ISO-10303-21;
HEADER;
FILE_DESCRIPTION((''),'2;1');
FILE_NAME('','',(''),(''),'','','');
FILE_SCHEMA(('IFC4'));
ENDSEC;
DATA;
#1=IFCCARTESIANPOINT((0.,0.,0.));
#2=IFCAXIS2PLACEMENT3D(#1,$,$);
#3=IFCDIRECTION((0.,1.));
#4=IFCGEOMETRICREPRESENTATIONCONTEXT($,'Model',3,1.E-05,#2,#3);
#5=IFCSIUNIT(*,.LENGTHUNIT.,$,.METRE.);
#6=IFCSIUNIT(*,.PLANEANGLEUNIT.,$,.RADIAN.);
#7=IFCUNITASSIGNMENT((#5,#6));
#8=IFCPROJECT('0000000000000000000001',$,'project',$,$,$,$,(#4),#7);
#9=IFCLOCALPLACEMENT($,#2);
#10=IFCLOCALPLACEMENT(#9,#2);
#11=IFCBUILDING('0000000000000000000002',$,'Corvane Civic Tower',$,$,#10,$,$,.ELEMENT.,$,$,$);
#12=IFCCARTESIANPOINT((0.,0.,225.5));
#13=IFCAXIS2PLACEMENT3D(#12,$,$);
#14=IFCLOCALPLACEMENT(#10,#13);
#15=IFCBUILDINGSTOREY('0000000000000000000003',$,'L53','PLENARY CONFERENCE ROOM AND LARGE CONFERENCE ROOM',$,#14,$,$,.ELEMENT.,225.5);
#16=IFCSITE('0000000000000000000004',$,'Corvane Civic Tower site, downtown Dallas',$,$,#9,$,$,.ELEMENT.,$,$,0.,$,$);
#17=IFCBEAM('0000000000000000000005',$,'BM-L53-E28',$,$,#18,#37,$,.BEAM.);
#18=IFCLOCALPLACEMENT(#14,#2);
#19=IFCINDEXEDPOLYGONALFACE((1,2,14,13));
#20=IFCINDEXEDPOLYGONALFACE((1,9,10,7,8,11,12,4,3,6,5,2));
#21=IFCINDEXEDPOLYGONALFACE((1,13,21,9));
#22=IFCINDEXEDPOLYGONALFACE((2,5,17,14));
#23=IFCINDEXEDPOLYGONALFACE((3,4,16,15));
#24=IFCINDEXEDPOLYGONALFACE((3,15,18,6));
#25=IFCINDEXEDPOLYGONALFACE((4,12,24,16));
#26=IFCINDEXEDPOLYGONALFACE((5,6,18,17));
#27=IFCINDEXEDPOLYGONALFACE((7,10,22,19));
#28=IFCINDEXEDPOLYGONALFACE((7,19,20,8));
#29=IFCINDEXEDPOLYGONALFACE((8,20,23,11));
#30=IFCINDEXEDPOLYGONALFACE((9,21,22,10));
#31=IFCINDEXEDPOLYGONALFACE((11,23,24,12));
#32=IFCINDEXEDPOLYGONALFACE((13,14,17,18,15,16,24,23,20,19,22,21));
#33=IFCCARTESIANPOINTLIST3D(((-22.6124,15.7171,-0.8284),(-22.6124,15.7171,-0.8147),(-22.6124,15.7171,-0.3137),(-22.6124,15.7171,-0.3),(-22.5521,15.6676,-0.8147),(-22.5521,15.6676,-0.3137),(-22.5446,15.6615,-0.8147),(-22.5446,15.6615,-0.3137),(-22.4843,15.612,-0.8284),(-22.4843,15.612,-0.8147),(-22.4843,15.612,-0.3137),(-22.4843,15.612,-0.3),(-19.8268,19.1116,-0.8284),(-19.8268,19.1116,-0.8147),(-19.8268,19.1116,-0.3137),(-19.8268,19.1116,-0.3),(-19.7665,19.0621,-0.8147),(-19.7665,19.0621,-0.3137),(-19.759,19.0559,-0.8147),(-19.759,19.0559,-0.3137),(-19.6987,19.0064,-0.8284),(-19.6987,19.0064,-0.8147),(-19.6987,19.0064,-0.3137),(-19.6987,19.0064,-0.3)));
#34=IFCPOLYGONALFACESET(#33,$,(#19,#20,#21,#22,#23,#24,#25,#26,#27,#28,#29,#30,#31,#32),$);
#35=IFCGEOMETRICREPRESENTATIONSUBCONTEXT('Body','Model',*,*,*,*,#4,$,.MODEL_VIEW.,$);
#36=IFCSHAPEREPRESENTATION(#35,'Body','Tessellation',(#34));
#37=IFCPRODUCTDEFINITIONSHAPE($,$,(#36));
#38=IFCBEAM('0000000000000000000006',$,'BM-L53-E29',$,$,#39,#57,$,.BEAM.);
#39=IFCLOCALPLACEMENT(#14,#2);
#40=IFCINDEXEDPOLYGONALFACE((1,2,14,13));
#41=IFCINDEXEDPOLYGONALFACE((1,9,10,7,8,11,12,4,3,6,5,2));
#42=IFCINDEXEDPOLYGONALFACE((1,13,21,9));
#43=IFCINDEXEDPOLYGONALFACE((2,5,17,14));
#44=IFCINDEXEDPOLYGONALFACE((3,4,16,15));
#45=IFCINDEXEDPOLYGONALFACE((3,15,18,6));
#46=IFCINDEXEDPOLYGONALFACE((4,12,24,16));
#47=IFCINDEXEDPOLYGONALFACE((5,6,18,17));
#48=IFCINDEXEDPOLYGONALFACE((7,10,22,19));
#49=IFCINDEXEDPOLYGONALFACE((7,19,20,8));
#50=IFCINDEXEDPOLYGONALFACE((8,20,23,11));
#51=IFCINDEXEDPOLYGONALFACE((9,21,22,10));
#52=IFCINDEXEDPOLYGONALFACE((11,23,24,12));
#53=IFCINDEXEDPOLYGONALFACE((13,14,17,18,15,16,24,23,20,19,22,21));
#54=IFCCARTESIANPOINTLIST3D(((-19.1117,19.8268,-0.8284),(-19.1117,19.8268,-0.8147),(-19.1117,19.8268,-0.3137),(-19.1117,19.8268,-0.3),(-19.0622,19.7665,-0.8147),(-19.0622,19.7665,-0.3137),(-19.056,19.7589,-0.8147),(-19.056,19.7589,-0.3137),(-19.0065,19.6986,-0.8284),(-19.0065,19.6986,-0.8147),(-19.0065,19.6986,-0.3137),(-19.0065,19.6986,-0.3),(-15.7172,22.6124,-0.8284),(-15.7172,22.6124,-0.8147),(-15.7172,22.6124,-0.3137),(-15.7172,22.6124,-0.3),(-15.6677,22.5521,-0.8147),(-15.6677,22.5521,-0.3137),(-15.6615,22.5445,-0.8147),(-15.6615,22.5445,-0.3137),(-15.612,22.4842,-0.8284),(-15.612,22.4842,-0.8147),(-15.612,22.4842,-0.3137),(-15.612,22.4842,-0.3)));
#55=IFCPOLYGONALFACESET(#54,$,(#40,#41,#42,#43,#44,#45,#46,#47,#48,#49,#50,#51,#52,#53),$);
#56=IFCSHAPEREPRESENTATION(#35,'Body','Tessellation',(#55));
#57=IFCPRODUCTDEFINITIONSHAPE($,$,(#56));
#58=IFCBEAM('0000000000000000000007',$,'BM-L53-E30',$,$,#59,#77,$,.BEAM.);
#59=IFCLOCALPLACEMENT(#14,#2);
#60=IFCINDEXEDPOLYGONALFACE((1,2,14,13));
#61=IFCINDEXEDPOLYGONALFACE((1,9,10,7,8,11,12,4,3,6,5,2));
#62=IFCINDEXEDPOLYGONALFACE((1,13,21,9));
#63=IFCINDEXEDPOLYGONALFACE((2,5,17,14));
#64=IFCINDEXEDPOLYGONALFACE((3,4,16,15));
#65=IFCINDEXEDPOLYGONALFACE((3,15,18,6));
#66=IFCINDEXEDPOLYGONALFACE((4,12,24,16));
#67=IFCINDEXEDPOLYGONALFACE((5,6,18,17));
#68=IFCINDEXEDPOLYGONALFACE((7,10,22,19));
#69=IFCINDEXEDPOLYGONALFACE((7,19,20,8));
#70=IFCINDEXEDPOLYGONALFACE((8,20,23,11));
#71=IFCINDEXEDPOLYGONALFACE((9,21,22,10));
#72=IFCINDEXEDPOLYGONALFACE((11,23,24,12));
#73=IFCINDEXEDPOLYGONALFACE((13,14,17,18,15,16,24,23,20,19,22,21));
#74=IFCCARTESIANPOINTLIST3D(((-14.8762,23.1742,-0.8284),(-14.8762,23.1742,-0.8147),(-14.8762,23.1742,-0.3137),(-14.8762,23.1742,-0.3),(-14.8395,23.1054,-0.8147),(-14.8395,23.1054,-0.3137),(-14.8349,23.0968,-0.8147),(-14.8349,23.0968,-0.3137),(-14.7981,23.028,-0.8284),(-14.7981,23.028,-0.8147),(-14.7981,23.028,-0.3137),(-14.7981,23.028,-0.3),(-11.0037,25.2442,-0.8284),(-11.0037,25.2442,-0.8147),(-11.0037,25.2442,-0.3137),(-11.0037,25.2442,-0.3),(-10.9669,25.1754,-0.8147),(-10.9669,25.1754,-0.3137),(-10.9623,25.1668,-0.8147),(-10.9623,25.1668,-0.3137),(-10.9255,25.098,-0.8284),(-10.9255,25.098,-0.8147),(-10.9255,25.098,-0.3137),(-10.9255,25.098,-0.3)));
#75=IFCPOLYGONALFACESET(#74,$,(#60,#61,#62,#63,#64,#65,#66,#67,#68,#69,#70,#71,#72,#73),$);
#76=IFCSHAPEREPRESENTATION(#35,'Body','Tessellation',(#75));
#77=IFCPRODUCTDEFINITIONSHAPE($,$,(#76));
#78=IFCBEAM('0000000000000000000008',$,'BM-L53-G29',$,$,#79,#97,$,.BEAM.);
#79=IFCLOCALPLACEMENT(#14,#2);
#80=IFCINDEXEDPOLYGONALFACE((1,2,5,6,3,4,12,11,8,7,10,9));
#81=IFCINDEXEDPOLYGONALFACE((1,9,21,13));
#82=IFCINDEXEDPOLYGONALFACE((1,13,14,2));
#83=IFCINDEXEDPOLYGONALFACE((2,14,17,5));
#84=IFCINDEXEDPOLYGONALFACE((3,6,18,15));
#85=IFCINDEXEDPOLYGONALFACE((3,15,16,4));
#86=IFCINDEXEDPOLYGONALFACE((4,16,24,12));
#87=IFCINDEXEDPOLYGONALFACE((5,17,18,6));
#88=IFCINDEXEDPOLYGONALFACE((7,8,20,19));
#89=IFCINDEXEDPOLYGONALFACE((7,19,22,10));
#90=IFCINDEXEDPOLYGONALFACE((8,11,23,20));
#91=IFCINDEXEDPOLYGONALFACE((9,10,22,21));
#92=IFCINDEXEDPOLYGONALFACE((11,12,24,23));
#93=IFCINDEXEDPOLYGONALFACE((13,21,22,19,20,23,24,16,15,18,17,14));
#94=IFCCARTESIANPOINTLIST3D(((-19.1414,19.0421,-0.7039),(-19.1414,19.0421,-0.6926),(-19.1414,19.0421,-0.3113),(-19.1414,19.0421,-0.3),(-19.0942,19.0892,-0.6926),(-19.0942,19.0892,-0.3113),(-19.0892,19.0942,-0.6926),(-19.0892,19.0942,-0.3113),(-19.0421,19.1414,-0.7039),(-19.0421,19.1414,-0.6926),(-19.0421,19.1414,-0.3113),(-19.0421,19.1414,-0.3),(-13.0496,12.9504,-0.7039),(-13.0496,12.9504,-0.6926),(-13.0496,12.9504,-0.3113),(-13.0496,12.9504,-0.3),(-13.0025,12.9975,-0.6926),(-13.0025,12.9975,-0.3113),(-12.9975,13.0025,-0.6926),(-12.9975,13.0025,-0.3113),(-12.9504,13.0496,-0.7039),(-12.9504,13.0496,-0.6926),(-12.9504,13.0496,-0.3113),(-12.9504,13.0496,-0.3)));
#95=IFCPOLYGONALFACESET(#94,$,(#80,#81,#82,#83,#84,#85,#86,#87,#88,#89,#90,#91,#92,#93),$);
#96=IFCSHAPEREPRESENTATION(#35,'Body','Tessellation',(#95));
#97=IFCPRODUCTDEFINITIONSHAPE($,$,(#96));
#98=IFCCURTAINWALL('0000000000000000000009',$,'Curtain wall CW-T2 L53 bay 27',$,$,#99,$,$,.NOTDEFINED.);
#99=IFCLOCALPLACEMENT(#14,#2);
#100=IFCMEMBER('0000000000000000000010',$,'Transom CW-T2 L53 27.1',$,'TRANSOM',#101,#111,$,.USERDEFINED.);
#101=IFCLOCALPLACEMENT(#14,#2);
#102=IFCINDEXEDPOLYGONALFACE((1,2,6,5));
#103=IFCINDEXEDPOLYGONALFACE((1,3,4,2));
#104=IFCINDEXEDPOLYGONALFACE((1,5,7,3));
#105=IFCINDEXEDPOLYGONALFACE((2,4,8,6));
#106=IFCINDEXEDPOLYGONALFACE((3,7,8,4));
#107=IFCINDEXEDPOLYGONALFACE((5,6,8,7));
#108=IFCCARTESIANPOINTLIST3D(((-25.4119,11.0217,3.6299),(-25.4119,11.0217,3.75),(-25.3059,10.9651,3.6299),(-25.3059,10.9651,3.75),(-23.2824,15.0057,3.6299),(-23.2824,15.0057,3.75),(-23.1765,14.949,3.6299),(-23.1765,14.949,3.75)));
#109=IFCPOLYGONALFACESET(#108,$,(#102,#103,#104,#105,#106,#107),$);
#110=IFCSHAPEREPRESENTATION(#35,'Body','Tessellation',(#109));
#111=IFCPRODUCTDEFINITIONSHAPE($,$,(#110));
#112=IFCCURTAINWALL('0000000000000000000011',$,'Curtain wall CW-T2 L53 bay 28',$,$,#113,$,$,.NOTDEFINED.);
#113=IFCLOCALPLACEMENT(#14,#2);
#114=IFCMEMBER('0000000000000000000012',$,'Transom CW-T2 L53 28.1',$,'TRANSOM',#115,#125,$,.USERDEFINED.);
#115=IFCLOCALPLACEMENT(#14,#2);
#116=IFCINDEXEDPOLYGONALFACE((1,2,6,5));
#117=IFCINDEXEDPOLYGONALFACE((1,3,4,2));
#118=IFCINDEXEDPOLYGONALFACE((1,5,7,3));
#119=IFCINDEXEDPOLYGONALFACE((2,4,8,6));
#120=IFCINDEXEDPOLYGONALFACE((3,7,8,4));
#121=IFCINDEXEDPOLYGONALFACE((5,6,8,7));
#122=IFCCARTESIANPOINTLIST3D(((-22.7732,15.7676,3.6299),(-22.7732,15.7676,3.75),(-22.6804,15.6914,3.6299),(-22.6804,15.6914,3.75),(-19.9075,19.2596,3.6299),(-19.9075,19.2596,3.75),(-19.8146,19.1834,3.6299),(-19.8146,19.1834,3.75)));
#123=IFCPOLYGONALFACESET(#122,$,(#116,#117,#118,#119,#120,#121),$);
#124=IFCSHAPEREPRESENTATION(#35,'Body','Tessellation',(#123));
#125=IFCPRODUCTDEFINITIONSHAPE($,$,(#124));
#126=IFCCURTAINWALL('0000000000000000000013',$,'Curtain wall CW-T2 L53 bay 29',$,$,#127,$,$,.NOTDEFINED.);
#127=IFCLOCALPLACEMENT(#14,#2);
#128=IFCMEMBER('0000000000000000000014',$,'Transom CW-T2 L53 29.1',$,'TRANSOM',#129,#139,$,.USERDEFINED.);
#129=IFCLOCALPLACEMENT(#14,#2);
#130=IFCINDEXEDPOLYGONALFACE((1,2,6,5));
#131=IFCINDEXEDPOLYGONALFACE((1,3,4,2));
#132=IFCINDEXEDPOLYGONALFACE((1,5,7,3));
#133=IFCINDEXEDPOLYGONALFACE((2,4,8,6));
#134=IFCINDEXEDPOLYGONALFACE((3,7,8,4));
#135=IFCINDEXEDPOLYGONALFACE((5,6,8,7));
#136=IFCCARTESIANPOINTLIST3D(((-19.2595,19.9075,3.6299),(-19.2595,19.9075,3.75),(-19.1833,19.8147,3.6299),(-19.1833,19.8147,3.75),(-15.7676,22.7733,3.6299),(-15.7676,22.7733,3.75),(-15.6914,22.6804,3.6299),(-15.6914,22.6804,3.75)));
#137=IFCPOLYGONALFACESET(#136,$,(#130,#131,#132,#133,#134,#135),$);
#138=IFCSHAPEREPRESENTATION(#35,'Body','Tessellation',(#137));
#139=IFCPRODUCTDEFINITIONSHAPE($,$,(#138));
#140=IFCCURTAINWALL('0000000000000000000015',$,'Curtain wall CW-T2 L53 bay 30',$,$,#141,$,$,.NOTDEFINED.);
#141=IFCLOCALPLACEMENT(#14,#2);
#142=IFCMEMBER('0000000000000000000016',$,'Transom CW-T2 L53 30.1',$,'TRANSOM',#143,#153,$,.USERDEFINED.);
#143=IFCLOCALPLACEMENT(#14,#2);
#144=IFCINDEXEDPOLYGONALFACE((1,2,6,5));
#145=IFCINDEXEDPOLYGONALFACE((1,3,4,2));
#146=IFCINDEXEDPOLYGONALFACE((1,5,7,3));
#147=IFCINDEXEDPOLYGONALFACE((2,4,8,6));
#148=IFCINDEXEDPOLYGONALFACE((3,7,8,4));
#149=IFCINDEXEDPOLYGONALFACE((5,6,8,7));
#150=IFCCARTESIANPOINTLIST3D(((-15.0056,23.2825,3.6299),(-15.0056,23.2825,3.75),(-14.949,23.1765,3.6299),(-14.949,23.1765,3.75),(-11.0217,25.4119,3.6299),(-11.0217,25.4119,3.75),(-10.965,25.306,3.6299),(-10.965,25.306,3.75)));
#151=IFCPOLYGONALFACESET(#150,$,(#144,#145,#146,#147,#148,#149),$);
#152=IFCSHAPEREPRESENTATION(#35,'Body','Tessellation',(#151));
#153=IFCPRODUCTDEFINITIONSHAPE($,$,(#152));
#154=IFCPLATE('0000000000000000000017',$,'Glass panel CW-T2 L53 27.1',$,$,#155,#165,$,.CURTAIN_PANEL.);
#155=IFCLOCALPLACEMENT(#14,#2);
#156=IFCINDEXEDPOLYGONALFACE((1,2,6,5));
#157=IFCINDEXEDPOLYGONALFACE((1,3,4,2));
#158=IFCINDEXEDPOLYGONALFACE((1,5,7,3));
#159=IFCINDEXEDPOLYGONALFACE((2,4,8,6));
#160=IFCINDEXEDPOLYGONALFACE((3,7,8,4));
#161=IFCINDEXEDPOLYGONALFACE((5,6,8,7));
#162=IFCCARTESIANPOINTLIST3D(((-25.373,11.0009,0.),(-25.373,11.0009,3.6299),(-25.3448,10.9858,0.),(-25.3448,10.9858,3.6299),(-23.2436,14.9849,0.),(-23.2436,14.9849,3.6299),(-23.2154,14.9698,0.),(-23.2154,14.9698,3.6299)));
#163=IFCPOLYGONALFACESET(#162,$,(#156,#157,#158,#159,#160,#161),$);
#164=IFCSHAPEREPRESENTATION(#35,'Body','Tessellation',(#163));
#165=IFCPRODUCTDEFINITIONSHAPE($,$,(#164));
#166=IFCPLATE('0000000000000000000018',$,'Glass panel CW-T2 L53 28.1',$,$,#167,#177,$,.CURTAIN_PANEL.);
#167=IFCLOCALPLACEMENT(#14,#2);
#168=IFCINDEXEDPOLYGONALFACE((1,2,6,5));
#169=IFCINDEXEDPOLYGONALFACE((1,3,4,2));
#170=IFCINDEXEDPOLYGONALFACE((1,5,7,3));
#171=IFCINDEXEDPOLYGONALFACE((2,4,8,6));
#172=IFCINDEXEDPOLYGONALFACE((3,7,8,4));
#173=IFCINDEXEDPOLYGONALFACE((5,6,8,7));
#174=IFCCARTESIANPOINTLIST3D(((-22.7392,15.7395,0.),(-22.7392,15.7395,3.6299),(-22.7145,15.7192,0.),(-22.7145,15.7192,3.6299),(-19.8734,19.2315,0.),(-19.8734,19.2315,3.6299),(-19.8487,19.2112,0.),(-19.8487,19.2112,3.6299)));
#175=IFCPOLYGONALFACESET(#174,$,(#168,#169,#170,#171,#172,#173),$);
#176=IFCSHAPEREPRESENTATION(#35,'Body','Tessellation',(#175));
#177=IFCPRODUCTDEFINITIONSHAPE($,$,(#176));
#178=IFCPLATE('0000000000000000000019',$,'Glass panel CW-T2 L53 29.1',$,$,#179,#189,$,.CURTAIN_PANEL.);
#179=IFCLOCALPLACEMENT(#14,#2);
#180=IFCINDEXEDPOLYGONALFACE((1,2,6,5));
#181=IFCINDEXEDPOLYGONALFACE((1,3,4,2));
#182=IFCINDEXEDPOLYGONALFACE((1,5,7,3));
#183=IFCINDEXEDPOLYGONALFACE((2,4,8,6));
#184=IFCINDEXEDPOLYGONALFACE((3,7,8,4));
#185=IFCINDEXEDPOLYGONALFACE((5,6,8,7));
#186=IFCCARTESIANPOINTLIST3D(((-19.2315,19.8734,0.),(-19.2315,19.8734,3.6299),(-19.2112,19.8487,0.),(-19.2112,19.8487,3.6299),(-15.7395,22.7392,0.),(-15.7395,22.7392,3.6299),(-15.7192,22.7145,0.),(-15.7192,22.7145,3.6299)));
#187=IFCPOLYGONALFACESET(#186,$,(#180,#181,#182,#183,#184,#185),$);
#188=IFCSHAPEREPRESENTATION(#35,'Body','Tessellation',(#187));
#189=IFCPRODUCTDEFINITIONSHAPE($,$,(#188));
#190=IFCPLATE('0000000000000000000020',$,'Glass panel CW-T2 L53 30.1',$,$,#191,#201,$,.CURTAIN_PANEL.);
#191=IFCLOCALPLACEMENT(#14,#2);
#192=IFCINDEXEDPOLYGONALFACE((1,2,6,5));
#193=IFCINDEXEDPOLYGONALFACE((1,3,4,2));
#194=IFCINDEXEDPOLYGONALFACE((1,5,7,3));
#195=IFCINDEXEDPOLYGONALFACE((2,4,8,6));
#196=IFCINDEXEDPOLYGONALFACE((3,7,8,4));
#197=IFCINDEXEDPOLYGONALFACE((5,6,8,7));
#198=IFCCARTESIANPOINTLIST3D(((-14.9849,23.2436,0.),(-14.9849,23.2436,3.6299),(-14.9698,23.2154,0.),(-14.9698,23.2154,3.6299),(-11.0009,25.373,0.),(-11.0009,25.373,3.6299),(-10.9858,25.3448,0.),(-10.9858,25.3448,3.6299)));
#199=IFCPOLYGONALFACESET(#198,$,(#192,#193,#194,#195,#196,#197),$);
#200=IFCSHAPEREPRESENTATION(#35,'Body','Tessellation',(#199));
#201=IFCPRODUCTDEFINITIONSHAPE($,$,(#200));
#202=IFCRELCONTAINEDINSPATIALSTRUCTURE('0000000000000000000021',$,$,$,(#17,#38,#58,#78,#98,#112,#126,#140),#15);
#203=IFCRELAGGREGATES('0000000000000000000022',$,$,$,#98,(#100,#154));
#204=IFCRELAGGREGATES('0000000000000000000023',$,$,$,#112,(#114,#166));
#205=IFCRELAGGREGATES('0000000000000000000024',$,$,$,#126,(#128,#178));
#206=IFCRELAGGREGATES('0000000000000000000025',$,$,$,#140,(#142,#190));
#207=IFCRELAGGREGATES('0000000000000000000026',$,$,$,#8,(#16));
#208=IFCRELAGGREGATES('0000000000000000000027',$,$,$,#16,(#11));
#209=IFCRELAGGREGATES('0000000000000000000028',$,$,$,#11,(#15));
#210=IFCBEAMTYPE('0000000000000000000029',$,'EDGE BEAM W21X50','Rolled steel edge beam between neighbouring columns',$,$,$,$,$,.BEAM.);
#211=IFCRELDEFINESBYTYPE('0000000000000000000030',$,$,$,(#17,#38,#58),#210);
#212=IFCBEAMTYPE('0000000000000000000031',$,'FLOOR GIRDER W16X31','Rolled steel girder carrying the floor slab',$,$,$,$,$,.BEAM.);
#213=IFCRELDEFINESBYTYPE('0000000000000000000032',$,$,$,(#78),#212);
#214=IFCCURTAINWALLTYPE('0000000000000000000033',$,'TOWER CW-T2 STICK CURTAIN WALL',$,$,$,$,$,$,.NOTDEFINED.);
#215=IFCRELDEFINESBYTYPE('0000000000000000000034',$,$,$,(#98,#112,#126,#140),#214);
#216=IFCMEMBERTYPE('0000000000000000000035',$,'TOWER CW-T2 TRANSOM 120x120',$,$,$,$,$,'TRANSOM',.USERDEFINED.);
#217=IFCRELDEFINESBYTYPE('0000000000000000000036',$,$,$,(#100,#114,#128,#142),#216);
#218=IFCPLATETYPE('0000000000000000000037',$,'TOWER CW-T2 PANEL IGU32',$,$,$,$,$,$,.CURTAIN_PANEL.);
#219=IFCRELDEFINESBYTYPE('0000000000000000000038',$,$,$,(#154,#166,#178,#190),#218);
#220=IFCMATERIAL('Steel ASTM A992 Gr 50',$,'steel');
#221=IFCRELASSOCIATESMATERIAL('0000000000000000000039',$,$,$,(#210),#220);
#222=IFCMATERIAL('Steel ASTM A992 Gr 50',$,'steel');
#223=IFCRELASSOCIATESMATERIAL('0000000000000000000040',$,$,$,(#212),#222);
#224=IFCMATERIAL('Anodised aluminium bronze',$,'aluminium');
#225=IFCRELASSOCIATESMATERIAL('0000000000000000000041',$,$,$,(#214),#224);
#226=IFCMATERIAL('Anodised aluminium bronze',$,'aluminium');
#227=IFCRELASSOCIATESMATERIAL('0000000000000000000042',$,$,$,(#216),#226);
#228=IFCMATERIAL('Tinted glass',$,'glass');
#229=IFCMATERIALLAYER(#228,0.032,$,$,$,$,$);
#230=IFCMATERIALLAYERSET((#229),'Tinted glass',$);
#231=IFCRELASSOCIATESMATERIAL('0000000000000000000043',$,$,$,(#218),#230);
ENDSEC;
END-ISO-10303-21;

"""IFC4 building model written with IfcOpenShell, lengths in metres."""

from ifc_helpers import new_model, si_unit, direction, frame, origin, origin_2d, place, context, subcontext, project, spatial, rectangle, i_section, extrude, material, layer, layer_set, material_profile, profile_set, type_object, element, aggregate, save


model = new_model("IFC4")

# Units and contexts
model_context = context("Model", 3, precision=1e-05, world=origin(), true_north=direction((0.0, 1.0)))
body_context = subcontext(model_context, "Body", "Model", "MODEL_VIEW")
ifc_project = project(units=[si_unit("LENGTHUNIT", "METRE"), si_unit("PLANEANGLEUNIT", "RADIAN")], contexts=[model_context])

# Site, building, storey
site_placement = place(None, origin())
site = spatial("IfcSite", under=ifc_project, at=site_placement, Name="Corvane Civic Tower site, downtown Dallas", CompositionType="ELEMENT", RefElevation=0.0)
building_placement = place(site_placement, origin())
building = spatial("IfcBuilding", under=site, at=building_placement, Name="Corvane Civic Tower", CompositionType="ELEMENT")
storey_placement = place(building_placement, frame((0.0, 0.0, 225.5)))
storey = spatial("IfcBuildingStorey", under=building, at=storey_placement, Name="L53", Description="PLENARY CONFERENCE ROOM AND LARGE CONFERENCE ROOM", CompositionType="ELEMENT", Elevation=225.5)

# Beams
ifc_material_1 = material(Name="Steel ASTM A992 Gr 50", Category="steel")
ifc_material_profile_1 = material_profile(ifc_material_1, i_section(OverallWidth=0.1658, OverallDepth=0.5283, WebThickness=0.0098, FlangeThickness=0.0137, at=origin_2d()), Name="W21X50")
ifc_profile_set_1 = profile_set([ifc_material_profile_1], Name="Steel ASTM A992 Gr 50")
beam_type_1 = type_object("IfcBeamType", Name="EDGE BEAM W21X50", Description="Rolled steel edge beam between neighbouring columns", PredefinedType="BEAM", material=ifc_profile_set_1)
for number, where, z_axis, x_axis, name in (
    (1, (-22.5483, 15.6646, -0.5642), (0.634369, 0.77303, 0.0), (-0.77303, 0.634369, 0.0), "BM-L53-E28"),
    (2, (-19.0591, 19.7627, -0.5642), (0.77303, 0.634369, 0.0), (-0.634369, 0.77303, 0.0), "BM-L53-E29"),
    (3, (-14.8372, 23.1011, -0.5642), (0.881908, 0.471422, 0.0), (-0.471422, 0.881908, 0.0), "BM-L53-E30"),
):
    element("IfcBeam", number, at=place(storey_placement, frame(where, z_axis=z_axis, x_axis=x_axis)), inside=storey, type_object=beam_type_1, Name=name, PredefinedType="BEAM", context=body_context, shape_type="SweptSolid", body=[
        extrude(i_section(OverallWidth=0.1658, OverallDepth=0.5283, WebThickness=0.0098, FlangeThickness=0.0137, at=origin_2d()), origin(), (0.0, 0.0, 1.0), 4.3911),
    ])
ifc_material_2 = material(Name="Steel ASTM A992 Gr 50", Category="steel")
ifc_material_profile_2 = material_profile(ifc_material_2, i_section(OverallWidth=0.1404, OverallDepth=0.4038, WebThickness=0.0071, FlangeThickness=0.0112, at=origin_2d()), Name="W16X31")
ifc_profile_set_2 = profile_set([ifc_material_profile_2], Name="Steel ASTM A992 Gr 50")
beam_type_2 = type_object("IfcBeamType", Name="FLOOR GIRDER W16X31", Description="Rolled steel girder carrying the floor slab", PredefinedType="BEAM", material=ifc_profile_set_2)
beam_placement = place(storey_placement, frame((-13.0, 13.0, -0.502), z_axis=(-0.707107, 0.707107, 0.0), x_axis=(-0.707107, -0.707107, 0.0)))
element("IfcBeam", 4, at=beam_placement, inside=storey, type_object=beam_type_2, Name="BM-L53-G29", PredefinedType="BEAM", context=body_context, shape_type="SweptSolid", body=[
    extrude(i_section(OverallWidth=0.1404, OverallDepth=0.4038, WebThickness=0.0071, FlangeThickness=0.0112, at=origin_2d()), origin(), (0.0, 0.0, 1.0), 8.615),
])

# Curtain walls, members
ifc_material_3 = material(Name="Anodised aluminium bronze", Category="aluminium")
curtain_wall_type = type_object("IfcCurtainWallType", Name="TOWER CW-T2 STICK CURTAIN WALL", PredefinedType="NOTDEFINED", material=ifc_material_3)
curtain_wall_1_placement = place(storey_placement, origin())
curtain_wall_1 = element("IfcCurtainWall", 5, at=curtain_wall_1_placement, inside=storey, type_object=curtain_wall_type, Name="Curtain wall CW-T2 L53 bay 27", PredefinedType="NOTDEFINED")
ifc_material_4 = material(Name="Anodised aluminium bronze", Category="aluminium")
ifc_material_profile_3 = material_profile(ifc_material_4, rectangle(XDim=0.1201, YDim=0.1201, at=origin_2d()), Name="TOWER CW-T2 TRANSOM 120x120")
ifc_profile_set_3 = profile_set([ifc_material_profile_3], Name="Anodised aluminium bronze")
member_type = type_object("IfcMemberType", Name="TOWER CW-T2 TRANSOM 120x120", ElementType="TRANSOM", PredefinedType="USERDEFINED", material=ifc_profile_set_3)
member_1_placement = place(storey_placement, frame((-25.3589, 10.9934, 3.6899), z_axis=(0.47139, 0.881925, 0.0), x_axis=(-0.881925, 0.47139, 0.0)))
member_1 = element("IfcMember", 6, at=member_1_placement, type_object=member_type, Name="Transom CW-T2 L53 27.1", ObjectType="TRANSOM", PredefinedType="USERDEFINED", context=body_context, shape_type="SweptSolid", body=[
    extrude(rectangle(XDim=0.1201, YDim=0.1201, at=origin_2d()), origin(), (0.0, 0.0, 1.0), 4.5173),
])
curtain_wall_2_placement = place(storey_placement, origin())
curtain_wall_2 = element("IfcCurtainWall", 7, at=curtain_wall_2_placement, inside=storey, type_object=curtain_wall_type, Name="Curtain wall CW-T2 L53 bay 28", PredefinedType="NOTDEFINED")
member_2_placement = place(storey_placement, frame((-22.7268, 15.7295, 3.6899), z_axis=(0.634388, 0.773015, 0.0), x_axis=(-0.773015, 0.634388, 0.0)))
member_2 = element("IfcMember", 8, at=member_2_placement, type_object=member_type, Name="Transom CW-T2 L53 28.1", ObjectType="TRANSOM", PredefinedType="USERDEFINED", context=body_context, shape_type="SweptSolid", body=[
    extrude(rectangle(XDim=0.1201, YDim=0.1201, at=origin_2d()), origin(), (0.0, 0.0, 1.0), 4.5173),
])
curtain_wall_3_placement = place(storey_placement, origin())
curtain_wall_3 = element("IfcCurtainWall", 9, at=curtain_wall_3_placement, inside=storey, type_object=curtain_wall_type, Name="Curtain wall CW-T2 L53 bay 29", PredefinedType="NOTDEFINED")
member_3_placement = place(storey_placement, frame((-19.2214, 19.8611, 3.6899), z_axis=(0.773015, 0.634388, 0.0), x_axis=(-0.634388, 0.773015, 0.0)))
member_3 = element("IfcMember", 10, at=member_3_placement, type_object=member_type, Name="Transom CW-T2 L53 29.1", ObjectType="TRANSOM", PredefinedType="USERDEFINED", context=body_context, shape_type="SweptSolid", body=[
    extrude(rectangle(XDim=0.1201, YDim=0.1201, at=origin_2d()), origin(), (0.0, 0.0, 1.0), 4.5173),
])
curtain_wall_4_placement = place(storey_placement, origin())
curtain_wall_4 = element("IfcCurtainWall", 11, at=curtain_wall_4_placement, inside=storey, type_object=curtain_wall_type, Name="Curtain wall CW-T2 L53 bay 30", PredefinedType="NOTDEFINED")
member_4_placement = place(storey_placement, frame((-14.9773, 23.2295, 3.6899), z_axis=(0.881925, 0.47139, 0.0), x_axis=(-0.47139, 0.881925, 0.0)))
member_4 = element("IfcMember", 12, at=member_4_placement, type_object=member_type, Name="Transom CW-T2 L53 30.1", ObjectType="TRANSOM", PredefinedType="USERDEFINED", context=body_context, shape_type="SweptSolid", body=[
    extrude(rectangle(XDim=0.1201, YDim=0.1201, at=origin_2d()), origin(), (0.0, 0.0, 1.0), 4.5173),
])

# Plates
ifc_material_5 = material(Name="Tinted glass", Category="glass")
ifc_layer_1 = layer(ifc_material_5, 0.032)
ifc_layer_set_1 = layer_set([ifc_layer_1], Name="Tinted glass")
plate_type = type_object("IfcPlateType", Name="TOWER CW-T2 PANEL IGU32", PredefinedType="CURTAIN_PANEL", material=ifc_layer_set_1)
plate_1_placement = place(storey_placement, frame((-24.2942, 12.9854, 0.0), z_axis=(0.0, 0.0, 1.0), x_axis=(0.471398, 0.88192, 0.0)))
plate_1 = element("IfcPlate", 13, at=plate_1_placement, type_object=plate_type, Name="Glass panel CW-T2 L53 27.1", PredefinedType="CURTAIN_PANEL", context=body_context, shape_type="SweptSolid", body=[
    extrude(rectangle(XDim=4.5173, YDim=0.032, at=origin_2d()), origin(), (0.0, 0.0, 1.0), 3.6299),
])
aggregate(curtain_wall_1, [member_1, plate_1])
plate_2_placement = place(storey_placement, frame((-21.2939, 17.4753, 0.0), z_axis=(0.0, 0.0, 1.0), x_axis=(0.634391, 0.773012, 0.0)))
plate_2 = element("IfcPlate", 14, at=plate_2_placement, type_object=plate_type, Name="Glass panel CW-T2 L53 28.1", PredefinedType="CURTAIN_PANEL", context=body_context, shape_type="SweptSolid", body=[
    extrude(rectangle(XDim=4.5173, YDim=0.032, at=origin_2d()), origin(), (0.0, 0.0, 1.0), 3.6299),
])
aggregate(curtain_wall_2, [member_2, plate_2])
plate_3_placement = place(storey_placement, frame((-17.4753, 21.2939, 0.0), z_axis=(0.0, 0.0, 1.0), x_axis=(0.773012, 0.634391, 0.0)))
plate_3 = element("IfcPlate", 15, at=plate_3_placement, type_object=plate_type, Name="Glass panel CW-T2 L53 29.1", PredefinedType="CURTAIN_PANEL", context=body_context, shape_type="SweptSolid", body=[
    extrude(rectangle(XDim=4.5173, YDim=0.032, at=origin_2d()), origin(), (0.0, 0.0, 1.0), 3.6299),
])
aggregate(curtain_wall_3, [member_3, plate_3])
plate_4_placement = place(storey_placement, frame((-12.9854, 24.2942, 0.0), z_axis=(0.0, 0.0, 1.0), x_axis=(0.88192, 0.471398, 0.0)))
plate_4 = element("IfcPlate", 16, at=plate_4_placement, type_object=plate_type, Name="Glass panel CW-T2 L53 30.1", PredefinedType="CURTAIN_PANEL", context=body_context, shape_type="SweptSolid", body=[
    extrude(rectangle(XDim=4.5173, YDim=0.032, at=origin_2d()), origin(), (0.0, 0.0, 1.0), 3.6299),
])
aggregate(curtain_wall_4, [member_4, plate_4])

save(model, "model.ifc")
